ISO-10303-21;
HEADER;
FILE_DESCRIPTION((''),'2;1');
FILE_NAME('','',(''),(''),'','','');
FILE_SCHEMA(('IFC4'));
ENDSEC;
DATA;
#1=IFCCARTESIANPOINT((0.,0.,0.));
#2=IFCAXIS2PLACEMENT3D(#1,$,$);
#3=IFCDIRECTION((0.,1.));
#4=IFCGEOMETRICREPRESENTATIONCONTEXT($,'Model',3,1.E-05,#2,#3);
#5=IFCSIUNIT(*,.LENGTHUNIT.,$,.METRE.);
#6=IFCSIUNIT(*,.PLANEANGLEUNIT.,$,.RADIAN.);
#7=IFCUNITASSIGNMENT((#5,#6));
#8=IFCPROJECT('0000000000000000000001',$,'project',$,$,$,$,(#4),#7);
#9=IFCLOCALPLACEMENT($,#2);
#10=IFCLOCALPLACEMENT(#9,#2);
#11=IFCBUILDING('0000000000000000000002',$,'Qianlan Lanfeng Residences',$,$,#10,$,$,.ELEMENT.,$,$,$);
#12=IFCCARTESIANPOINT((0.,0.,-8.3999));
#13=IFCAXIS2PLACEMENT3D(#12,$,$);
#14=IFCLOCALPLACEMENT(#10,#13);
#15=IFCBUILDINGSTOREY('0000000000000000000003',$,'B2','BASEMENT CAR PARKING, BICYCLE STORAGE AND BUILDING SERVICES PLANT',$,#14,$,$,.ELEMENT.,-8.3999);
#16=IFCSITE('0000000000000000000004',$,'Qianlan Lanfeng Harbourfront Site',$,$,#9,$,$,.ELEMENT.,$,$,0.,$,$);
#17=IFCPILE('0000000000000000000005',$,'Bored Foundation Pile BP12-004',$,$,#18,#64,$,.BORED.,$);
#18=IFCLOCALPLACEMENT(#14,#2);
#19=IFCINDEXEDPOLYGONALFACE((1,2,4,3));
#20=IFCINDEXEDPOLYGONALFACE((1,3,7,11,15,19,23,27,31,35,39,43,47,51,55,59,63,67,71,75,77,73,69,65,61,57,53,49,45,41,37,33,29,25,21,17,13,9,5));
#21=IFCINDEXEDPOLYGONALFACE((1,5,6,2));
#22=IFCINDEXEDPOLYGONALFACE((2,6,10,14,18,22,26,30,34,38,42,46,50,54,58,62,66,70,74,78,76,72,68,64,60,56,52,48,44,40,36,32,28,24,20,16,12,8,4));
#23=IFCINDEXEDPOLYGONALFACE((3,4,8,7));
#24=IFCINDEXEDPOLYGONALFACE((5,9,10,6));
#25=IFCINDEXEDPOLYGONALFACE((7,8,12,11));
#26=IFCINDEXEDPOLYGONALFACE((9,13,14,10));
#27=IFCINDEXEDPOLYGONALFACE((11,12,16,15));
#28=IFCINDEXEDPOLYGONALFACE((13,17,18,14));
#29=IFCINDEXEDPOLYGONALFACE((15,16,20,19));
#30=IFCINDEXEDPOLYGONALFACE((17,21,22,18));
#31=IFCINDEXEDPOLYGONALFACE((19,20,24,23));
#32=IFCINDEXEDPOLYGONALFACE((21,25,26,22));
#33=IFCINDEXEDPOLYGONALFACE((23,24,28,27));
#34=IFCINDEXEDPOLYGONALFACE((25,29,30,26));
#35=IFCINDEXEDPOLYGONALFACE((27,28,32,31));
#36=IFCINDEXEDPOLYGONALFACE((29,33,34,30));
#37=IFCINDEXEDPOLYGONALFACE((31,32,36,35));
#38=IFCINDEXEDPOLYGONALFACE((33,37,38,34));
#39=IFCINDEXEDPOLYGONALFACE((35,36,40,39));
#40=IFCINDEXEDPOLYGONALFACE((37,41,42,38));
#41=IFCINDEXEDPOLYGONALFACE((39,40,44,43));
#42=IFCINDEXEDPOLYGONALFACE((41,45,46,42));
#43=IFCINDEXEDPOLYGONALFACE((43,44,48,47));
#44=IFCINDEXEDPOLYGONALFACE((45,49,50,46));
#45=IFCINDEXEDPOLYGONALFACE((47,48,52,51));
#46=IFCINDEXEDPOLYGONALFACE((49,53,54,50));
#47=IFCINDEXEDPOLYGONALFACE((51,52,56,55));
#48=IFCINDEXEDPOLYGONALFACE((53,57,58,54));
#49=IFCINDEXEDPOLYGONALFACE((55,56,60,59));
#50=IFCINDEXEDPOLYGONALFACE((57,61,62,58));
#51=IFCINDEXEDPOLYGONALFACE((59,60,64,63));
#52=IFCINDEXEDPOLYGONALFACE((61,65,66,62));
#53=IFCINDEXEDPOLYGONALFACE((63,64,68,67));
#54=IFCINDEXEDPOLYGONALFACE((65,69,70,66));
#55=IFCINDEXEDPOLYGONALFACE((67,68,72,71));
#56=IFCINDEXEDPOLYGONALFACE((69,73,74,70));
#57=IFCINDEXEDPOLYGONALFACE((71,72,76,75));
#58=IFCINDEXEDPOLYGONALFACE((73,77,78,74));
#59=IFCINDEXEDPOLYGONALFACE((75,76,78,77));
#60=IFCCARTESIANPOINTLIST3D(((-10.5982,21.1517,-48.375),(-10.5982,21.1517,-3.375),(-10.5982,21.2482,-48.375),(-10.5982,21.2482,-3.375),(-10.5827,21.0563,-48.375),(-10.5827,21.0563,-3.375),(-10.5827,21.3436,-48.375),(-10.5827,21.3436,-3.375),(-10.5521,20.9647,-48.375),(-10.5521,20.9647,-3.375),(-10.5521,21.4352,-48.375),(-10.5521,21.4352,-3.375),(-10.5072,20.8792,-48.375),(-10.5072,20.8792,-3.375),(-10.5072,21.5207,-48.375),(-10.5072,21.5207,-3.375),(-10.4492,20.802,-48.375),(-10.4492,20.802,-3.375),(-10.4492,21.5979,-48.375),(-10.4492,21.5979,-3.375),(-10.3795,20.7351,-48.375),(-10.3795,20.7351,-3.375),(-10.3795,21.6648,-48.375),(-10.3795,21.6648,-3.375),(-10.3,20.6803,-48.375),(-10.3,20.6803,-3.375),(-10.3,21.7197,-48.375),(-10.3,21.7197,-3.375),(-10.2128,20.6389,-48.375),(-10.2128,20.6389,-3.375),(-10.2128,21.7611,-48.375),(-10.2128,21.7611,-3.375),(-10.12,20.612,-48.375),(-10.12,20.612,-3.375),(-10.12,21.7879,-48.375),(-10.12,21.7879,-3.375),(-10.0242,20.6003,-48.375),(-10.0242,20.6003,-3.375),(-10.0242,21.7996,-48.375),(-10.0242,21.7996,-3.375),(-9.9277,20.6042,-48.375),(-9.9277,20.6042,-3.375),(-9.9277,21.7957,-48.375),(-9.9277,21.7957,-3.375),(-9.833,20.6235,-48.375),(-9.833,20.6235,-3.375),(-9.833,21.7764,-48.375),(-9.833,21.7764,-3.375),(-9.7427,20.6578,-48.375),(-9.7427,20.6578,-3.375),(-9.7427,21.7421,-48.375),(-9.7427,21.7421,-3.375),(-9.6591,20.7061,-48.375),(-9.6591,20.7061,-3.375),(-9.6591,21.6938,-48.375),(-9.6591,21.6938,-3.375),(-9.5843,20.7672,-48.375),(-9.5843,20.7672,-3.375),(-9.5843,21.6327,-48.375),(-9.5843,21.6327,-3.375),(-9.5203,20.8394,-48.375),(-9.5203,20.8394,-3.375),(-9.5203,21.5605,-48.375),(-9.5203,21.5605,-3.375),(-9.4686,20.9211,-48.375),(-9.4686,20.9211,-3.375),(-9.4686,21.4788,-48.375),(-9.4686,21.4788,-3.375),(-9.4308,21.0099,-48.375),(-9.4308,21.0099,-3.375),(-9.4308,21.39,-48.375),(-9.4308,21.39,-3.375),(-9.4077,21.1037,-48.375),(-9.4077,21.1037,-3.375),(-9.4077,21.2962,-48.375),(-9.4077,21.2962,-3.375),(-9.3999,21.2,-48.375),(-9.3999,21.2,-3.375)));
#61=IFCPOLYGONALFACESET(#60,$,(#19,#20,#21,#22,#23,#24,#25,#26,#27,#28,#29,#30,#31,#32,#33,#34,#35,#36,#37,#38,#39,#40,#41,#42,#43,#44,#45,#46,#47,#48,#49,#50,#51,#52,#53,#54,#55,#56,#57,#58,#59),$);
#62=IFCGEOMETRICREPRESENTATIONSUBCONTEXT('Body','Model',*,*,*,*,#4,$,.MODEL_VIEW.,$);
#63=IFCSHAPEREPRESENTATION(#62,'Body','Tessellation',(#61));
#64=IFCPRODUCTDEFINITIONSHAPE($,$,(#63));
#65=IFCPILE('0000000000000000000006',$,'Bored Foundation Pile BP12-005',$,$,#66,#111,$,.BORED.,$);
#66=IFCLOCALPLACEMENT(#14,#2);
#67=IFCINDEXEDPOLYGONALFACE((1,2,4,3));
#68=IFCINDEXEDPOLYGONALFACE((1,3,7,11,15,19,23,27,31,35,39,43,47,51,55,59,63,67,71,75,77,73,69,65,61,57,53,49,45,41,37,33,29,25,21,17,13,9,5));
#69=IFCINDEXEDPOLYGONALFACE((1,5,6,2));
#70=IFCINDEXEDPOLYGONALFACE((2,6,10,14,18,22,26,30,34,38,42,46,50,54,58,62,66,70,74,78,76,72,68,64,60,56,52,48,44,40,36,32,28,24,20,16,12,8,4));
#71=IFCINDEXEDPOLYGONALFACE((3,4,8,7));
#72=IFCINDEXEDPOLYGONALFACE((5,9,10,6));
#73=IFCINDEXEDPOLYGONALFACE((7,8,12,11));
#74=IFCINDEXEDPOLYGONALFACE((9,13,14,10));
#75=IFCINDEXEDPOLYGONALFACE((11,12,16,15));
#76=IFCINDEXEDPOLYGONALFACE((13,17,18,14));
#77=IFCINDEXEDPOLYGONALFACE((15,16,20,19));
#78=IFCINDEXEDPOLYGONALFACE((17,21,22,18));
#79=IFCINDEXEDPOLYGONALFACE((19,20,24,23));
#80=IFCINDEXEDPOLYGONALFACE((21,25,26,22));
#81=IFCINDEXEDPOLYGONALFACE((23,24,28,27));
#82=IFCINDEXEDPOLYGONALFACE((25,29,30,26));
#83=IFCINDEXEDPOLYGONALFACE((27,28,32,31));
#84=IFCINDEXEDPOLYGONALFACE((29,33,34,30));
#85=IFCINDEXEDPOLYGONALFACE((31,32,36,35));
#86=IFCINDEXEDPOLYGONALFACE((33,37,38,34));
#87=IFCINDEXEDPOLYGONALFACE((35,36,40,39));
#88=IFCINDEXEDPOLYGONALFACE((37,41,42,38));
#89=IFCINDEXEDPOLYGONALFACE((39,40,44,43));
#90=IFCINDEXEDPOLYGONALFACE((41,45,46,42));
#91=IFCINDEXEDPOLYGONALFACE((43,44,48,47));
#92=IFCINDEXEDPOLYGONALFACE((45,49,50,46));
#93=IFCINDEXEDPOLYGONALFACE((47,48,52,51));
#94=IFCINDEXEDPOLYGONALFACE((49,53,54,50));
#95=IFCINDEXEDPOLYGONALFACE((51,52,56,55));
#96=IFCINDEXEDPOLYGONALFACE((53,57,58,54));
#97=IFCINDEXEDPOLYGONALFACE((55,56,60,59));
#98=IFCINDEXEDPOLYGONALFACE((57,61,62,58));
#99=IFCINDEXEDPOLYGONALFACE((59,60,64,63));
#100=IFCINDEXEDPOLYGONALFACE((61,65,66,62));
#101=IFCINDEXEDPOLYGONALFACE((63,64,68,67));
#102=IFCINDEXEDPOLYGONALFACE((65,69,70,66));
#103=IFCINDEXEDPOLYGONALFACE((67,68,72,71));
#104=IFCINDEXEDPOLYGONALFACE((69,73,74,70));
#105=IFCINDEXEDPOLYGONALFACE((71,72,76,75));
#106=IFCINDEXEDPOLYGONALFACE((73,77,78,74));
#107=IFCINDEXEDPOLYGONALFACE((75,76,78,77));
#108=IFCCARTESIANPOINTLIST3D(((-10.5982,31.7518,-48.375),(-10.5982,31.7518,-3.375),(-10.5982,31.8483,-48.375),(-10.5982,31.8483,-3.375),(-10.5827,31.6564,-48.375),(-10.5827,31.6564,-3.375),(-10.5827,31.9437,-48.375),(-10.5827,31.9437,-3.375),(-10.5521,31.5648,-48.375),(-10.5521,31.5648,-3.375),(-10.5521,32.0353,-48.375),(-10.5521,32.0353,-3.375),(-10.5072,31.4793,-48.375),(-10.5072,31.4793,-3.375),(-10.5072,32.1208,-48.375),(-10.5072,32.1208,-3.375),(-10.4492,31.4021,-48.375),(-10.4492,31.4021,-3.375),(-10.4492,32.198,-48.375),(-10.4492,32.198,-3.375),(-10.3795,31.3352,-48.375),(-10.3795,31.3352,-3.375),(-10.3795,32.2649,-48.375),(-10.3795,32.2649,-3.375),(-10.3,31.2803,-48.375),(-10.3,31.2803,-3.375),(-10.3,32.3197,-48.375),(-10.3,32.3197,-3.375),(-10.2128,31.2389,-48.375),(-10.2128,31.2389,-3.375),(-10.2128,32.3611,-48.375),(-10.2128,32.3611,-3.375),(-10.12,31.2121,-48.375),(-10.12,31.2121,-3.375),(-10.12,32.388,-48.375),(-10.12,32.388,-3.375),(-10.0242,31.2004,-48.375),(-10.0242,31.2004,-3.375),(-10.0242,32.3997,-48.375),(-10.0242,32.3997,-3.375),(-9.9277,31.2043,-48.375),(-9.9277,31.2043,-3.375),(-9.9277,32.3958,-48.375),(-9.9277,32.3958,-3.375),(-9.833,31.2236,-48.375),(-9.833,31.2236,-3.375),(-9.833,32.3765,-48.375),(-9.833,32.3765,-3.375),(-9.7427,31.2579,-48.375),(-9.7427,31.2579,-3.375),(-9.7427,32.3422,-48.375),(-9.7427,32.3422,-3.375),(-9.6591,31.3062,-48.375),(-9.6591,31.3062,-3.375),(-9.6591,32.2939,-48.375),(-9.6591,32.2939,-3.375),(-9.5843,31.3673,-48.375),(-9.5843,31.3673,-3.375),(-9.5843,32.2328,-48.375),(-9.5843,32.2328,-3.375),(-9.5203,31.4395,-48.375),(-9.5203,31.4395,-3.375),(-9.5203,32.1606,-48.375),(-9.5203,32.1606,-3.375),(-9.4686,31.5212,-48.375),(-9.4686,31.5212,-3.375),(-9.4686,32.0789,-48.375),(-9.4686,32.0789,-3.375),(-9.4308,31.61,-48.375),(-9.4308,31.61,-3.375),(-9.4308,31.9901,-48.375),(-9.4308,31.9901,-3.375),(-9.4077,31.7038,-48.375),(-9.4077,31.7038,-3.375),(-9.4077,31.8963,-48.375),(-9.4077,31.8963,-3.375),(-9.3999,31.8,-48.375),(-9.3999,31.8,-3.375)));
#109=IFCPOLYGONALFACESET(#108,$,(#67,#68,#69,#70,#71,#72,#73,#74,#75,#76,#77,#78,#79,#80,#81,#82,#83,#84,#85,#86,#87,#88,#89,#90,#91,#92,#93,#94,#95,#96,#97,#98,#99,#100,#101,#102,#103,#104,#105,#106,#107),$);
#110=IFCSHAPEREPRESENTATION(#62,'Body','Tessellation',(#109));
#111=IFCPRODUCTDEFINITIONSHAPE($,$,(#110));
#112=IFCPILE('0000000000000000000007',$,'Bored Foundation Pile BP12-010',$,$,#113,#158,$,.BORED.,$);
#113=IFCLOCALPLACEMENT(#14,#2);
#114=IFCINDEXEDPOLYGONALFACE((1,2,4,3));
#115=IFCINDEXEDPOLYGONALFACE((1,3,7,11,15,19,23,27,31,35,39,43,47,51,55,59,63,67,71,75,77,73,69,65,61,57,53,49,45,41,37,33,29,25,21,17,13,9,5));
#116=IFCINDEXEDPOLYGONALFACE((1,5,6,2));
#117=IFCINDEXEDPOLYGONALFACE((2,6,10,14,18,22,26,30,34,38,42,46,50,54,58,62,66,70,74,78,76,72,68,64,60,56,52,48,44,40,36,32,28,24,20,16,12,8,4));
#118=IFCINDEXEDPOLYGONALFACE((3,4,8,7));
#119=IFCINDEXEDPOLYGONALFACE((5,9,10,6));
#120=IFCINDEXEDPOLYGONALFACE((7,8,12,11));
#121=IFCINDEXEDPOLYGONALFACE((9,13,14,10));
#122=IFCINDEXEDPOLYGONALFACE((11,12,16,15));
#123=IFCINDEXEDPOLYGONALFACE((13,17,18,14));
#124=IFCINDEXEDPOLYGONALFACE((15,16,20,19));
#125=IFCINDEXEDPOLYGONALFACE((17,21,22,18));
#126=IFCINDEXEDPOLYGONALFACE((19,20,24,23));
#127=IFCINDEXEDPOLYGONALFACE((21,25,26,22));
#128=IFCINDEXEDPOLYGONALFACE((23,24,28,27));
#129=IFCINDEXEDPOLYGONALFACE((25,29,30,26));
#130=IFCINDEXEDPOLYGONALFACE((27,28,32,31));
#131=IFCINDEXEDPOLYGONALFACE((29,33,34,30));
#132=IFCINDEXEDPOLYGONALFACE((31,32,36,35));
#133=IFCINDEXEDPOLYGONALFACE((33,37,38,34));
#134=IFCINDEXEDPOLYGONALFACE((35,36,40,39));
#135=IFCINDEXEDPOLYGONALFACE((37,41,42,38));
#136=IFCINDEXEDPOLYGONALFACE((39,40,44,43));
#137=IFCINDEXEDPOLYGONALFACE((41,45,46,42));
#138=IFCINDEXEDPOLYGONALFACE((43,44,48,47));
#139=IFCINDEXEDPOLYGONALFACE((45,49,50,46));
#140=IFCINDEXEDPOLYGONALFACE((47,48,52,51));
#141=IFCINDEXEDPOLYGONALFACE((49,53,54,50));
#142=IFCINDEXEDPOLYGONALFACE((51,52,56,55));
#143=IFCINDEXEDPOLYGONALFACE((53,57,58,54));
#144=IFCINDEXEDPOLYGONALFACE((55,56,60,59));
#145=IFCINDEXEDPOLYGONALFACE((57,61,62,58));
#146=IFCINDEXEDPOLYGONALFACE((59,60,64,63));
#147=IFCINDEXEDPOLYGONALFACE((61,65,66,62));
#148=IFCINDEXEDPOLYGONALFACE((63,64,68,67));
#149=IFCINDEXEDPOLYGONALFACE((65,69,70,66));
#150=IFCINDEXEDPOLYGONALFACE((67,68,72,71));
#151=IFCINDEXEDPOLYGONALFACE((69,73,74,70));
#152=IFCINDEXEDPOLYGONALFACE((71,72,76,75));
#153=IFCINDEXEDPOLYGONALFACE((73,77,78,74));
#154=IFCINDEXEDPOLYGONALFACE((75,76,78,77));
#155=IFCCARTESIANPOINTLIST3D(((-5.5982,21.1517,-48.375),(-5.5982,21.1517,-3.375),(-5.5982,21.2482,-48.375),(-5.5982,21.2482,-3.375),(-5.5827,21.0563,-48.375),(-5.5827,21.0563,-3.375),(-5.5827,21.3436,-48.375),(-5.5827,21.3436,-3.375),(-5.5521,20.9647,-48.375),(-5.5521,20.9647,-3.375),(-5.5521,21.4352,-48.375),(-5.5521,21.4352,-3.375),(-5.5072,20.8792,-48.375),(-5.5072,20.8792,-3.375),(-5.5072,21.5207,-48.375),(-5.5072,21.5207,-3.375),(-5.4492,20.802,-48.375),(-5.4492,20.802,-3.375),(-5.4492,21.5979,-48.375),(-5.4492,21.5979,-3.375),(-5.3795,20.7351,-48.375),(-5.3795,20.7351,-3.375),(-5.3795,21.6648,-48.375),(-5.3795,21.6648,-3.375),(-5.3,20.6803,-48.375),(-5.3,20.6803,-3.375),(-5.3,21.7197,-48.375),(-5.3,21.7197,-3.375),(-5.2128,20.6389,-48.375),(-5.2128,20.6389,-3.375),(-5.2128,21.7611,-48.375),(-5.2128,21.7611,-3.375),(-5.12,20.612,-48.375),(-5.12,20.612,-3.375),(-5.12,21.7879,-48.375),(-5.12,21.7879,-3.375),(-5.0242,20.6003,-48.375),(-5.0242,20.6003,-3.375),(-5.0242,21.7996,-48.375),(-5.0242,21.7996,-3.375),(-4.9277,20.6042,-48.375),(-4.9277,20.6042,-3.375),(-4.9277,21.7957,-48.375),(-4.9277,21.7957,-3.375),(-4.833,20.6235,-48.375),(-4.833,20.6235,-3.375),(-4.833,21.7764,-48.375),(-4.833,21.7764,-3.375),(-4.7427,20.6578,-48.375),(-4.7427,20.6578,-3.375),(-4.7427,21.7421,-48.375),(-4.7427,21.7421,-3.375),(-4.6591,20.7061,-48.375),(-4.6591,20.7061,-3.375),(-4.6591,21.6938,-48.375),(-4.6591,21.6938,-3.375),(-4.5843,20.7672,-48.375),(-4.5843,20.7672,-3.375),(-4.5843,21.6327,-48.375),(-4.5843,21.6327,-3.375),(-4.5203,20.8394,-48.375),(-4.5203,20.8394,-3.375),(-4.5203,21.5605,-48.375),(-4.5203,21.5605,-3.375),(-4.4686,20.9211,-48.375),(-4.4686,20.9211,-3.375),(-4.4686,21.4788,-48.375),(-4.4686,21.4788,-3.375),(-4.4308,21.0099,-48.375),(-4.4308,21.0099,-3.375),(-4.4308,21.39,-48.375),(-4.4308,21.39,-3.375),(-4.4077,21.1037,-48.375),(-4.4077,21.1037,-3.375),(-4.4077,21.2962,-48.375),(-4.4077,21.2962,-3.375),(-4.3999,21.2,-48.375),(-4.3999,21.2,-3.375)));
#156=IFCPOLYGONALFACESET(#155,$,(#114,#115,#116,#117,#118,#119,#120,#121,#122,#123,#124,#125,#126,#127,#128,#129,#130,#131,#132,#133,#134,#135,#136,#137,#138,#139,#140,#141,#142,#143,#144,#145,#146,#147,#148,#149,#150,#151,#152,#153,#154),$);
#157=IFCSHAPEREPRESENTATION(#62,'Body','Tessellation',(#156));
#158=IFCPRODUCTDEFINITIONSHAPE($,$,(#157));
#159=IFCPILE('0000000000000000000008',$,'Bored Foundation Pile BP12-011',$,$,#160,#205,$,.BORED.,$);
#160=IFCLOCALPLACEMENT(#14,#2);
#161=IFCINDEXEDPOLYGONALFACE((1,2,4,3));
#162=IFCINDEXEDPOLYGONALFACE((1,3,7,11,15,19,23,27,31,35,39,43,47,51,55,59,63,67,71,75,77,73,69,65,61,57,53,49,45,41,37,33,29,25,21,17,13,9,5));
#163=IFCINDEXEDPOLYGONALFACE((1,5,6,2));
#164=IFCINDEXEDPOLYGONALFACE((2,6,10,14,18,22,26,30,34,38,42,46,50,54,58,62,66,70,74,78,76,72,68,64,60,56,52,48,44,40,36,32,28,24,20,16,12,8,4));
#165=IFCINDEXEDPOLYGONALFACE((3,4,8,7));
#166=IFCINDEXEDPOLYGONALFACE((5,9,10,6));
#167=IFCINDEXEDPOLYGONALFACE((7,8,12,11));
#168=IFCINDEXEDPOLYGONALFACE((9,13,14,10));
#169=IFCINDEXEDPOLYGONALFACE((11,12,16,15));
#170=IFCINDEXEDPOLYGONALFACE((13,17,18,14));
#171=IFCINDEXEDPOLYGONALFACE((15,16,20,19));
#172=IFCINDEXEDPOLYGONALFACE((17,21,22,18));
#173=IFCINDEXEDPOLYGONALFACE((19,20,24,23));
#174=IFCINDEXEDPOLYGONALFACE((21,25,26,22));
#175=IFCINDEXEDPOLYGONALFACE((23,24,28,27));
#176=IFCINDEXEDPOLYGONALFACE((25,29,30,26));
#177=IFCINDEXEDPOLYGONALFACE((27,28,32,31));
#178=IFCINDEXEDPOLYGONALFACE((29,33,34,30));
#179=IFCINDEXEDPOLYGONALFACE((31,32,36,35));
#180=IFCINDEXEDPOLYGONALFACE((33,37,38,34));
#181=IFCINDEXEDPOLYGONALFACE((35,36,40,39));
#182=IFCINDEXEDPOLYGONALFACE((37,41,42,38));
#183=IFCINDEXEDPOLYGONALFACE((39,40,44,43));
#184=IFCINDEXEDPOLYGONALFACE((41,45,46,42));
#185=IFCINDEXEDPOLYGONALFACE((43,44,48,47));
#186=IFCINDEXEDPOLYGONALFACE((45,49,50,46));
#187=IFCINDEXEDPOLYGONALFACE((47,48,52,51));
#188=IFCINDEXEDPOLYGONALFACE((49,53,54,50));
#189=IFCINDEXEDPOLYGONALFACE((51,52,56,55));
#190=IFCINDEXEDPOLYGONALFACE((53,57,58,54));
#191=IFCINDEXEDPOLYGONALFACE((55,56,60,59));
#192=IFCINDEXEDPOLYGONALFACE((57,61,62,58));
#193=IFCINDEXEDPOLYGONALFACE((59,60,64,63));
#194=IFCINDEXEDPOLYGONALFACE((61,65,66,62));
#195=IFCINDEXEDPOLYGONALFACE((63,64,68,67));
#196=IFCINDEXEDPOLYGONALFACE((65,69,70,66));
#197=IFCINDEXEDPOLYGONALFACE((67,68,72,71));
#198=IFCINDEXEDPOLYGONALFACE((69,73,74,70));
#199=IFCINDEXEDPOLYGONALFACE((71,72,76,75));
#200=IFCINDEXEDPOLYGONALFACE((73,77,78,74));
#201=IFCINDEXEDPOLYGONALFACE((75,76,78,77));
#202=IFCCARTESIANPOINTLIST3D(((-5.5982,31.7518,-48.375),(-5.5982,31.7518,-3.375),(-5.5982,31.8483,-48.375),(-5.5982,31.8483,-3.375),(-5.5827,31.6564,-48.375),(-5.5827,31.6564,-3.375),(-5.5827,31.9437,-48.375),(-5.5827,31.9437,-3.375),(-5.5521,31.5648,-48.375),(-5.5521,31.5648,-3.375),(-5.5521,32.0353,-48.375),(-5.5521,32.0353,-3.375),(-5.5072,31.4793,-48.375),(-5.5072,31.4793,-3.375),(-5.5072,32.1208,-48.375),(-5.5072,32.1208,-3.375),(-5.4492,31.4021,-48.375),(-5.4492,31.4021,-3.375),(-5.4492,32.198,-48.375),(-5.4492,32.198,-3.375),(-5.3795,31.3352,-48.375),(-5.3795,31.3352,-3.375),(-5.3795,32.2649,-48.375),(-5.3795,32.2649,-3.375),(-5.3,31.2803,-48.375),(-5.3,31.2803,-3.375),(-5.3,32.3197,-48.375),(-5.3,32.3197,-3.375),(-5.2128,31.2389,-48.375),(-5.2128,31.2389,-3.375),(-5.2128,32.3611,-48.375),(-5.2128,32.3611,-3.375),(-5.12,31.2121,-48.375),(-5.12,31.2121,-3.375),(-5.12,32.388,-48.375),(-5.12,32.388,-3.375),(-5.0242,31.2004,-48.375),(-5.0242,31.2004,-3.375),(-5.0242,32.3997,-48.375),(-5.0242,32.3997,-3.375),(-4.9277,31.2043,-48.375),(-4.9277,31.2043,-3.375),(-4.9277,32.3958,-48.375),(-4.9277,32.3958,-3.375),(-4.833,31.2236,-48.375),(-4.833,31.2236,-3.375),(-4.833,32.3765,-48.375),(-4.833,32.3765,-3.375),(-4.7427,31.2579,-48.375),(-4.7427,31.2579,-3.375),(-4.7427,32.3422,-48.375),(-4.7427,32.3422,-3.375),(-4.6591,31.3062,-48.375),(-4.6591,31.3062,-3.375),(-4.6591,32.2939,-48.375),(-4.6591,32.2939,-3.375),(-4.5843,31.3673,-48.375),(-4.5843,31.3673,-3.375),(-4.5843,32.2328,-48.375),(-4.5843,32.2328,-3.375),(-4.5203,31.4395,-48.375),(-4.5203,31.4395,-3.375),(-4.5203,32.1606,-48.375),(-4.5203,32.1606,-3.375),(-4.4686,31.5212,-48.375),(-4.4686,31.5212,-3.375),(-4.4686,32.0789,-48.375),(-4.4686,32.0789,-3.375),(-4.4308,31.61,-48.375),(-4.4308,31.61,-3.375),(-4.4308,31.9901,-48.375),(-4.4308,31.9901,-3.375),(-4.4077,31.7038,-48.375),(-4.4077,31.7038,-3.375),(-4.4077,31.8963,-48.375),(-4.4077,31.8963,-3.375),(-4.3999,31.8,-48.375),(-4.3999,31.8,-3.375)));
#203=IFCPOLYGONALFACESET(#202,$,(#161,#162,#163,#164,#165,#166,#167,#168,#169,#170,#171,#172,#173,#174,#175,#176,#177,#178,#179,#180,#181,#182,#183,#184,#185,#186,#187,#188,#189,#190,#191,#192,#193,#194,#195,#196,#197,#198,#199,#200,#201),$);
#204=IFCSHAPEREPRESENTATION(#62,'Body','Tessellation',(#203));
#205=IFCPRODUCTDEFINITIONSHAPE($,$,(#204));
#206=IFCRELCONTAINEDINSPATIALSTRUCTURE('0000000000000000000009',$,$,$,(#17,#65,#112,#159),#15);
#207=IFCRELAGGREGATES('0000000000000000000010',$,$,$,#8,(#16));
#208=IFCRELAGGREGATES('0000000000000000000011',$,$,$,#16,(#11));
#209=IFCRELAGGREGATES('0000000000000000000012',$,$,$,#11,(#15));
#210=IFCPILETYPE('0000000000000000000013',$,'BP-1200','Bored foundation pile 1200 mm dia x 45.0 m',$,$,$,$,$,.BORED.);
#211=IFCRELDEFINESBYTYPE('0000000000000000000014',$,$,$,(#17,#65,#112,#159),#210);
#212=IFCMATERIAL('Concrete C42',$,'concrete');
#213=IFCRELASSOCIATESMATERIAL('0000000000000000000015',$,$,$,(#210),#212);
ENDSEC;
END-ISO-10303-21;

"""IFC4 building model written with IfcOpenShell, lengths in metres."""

from ifc_helpers import new_model, si_unit, direction, frame, origin, origin_2d, place, context, subcontext, project, spatial, circle, extrude, material, material_profile, profile_set, type_object, element, save


model = new_model("IFC4")

# Units and contexts
model_context = context("Model", 3, precision=1e-05, world=origin(), true_north=direction((0.0, 1.0)))
body_context = subcontext(model_context, "Body", "Model", "MODEL_VIEW")
ifc_project = project(units=[si_unit("LENGTHUNIT", "METRE"), si_unit("PLANEANGLEUNIT", "RADIAN")], contexts=[model_context])

# Site, building, storey
site_placement = place(None, origin())
site = spatial("IfcSite", under=ifc_project, at=site_placement, Name="Qianlan Lanfeng Harbourfront Site", CompositionType="ELEMENT", RefElevation=0.0)
building_placement = place(site_placement, origin())
building = spatial("IfcBuilding", under=site, at=building_placement, Name="Qianlan Lanfeng Residences", CompositionType="ELEMENT")
storey_placement = place(building_placement, frame((0.0, 0.0, -8.3999)))
storey = spatial("IfcBuildingStorey", under=building, at=storey_placement, Name="B2", Description="BASEMENT CAR PARKING, BICYCLE STORAGE AND BUILDING SERVICES PLANT", CompositionType="ELEMENT", Elevation=-8.3999)

# Piles
ifc_material_1 = material(Name="Concrete C42", Category="concrete")
ifc_material_profile_1 = material_profile(ifc_material_1, circle(Radius=0.6001, at=origin_2d()), Name="PILE D1200")
ifc_profile_set_1 = profile_set([ifc_material_profile_1], Name="Concrete C42")
pile_type_1 = type_object("IfcPileType", Name="BP-1200", Description="Bored foundation pile 1200 mm dia x 45.0 m", PredefinedType="BORED", material=ifc_profile_set_1)
for number, where, z_axis, x_axis, name in (
    (1, (-10.0, 21.2, -3.375), (0.0, 0.0, -1.0), (1.0, 0.0, 0.0), "Bored Foundation Pile BP12-004"),
    (2, (-10.0, 31.8, -3.375), (0.0, 0.0, -1.0), (1.0, 0.0, 0.0), "Bored Foundation Pile BP12-005"),
    (3, (-5.0, 21.2, -3.375), (0.0, 0.0, -1.0), (1.0, 0.0, 0.0), "Bored Foundation Pile BP12-010"),
    (4, (-5.0, 31.8, -3.375), (0.0, 0.0, -1.0), (1.0, 0.0, 0.0), "Bored Foundation Pile BP12-011"),
):
    element("IfcPile", number, at=place(storey_placement, frame(where, z_axis=z_axis, x_axis=x_axis)), inside=storey, type_object=pile_type_1, Name=name, PredefinedType="BORED", context=body_context, shape_type="SweptSolid", body=[
        extrude(circle(Radius=0.6001, at=origin_2d()), origin(), (0.0, 0.0, 1.0), 45.0),
    ])

save(model, "model.ifc")
